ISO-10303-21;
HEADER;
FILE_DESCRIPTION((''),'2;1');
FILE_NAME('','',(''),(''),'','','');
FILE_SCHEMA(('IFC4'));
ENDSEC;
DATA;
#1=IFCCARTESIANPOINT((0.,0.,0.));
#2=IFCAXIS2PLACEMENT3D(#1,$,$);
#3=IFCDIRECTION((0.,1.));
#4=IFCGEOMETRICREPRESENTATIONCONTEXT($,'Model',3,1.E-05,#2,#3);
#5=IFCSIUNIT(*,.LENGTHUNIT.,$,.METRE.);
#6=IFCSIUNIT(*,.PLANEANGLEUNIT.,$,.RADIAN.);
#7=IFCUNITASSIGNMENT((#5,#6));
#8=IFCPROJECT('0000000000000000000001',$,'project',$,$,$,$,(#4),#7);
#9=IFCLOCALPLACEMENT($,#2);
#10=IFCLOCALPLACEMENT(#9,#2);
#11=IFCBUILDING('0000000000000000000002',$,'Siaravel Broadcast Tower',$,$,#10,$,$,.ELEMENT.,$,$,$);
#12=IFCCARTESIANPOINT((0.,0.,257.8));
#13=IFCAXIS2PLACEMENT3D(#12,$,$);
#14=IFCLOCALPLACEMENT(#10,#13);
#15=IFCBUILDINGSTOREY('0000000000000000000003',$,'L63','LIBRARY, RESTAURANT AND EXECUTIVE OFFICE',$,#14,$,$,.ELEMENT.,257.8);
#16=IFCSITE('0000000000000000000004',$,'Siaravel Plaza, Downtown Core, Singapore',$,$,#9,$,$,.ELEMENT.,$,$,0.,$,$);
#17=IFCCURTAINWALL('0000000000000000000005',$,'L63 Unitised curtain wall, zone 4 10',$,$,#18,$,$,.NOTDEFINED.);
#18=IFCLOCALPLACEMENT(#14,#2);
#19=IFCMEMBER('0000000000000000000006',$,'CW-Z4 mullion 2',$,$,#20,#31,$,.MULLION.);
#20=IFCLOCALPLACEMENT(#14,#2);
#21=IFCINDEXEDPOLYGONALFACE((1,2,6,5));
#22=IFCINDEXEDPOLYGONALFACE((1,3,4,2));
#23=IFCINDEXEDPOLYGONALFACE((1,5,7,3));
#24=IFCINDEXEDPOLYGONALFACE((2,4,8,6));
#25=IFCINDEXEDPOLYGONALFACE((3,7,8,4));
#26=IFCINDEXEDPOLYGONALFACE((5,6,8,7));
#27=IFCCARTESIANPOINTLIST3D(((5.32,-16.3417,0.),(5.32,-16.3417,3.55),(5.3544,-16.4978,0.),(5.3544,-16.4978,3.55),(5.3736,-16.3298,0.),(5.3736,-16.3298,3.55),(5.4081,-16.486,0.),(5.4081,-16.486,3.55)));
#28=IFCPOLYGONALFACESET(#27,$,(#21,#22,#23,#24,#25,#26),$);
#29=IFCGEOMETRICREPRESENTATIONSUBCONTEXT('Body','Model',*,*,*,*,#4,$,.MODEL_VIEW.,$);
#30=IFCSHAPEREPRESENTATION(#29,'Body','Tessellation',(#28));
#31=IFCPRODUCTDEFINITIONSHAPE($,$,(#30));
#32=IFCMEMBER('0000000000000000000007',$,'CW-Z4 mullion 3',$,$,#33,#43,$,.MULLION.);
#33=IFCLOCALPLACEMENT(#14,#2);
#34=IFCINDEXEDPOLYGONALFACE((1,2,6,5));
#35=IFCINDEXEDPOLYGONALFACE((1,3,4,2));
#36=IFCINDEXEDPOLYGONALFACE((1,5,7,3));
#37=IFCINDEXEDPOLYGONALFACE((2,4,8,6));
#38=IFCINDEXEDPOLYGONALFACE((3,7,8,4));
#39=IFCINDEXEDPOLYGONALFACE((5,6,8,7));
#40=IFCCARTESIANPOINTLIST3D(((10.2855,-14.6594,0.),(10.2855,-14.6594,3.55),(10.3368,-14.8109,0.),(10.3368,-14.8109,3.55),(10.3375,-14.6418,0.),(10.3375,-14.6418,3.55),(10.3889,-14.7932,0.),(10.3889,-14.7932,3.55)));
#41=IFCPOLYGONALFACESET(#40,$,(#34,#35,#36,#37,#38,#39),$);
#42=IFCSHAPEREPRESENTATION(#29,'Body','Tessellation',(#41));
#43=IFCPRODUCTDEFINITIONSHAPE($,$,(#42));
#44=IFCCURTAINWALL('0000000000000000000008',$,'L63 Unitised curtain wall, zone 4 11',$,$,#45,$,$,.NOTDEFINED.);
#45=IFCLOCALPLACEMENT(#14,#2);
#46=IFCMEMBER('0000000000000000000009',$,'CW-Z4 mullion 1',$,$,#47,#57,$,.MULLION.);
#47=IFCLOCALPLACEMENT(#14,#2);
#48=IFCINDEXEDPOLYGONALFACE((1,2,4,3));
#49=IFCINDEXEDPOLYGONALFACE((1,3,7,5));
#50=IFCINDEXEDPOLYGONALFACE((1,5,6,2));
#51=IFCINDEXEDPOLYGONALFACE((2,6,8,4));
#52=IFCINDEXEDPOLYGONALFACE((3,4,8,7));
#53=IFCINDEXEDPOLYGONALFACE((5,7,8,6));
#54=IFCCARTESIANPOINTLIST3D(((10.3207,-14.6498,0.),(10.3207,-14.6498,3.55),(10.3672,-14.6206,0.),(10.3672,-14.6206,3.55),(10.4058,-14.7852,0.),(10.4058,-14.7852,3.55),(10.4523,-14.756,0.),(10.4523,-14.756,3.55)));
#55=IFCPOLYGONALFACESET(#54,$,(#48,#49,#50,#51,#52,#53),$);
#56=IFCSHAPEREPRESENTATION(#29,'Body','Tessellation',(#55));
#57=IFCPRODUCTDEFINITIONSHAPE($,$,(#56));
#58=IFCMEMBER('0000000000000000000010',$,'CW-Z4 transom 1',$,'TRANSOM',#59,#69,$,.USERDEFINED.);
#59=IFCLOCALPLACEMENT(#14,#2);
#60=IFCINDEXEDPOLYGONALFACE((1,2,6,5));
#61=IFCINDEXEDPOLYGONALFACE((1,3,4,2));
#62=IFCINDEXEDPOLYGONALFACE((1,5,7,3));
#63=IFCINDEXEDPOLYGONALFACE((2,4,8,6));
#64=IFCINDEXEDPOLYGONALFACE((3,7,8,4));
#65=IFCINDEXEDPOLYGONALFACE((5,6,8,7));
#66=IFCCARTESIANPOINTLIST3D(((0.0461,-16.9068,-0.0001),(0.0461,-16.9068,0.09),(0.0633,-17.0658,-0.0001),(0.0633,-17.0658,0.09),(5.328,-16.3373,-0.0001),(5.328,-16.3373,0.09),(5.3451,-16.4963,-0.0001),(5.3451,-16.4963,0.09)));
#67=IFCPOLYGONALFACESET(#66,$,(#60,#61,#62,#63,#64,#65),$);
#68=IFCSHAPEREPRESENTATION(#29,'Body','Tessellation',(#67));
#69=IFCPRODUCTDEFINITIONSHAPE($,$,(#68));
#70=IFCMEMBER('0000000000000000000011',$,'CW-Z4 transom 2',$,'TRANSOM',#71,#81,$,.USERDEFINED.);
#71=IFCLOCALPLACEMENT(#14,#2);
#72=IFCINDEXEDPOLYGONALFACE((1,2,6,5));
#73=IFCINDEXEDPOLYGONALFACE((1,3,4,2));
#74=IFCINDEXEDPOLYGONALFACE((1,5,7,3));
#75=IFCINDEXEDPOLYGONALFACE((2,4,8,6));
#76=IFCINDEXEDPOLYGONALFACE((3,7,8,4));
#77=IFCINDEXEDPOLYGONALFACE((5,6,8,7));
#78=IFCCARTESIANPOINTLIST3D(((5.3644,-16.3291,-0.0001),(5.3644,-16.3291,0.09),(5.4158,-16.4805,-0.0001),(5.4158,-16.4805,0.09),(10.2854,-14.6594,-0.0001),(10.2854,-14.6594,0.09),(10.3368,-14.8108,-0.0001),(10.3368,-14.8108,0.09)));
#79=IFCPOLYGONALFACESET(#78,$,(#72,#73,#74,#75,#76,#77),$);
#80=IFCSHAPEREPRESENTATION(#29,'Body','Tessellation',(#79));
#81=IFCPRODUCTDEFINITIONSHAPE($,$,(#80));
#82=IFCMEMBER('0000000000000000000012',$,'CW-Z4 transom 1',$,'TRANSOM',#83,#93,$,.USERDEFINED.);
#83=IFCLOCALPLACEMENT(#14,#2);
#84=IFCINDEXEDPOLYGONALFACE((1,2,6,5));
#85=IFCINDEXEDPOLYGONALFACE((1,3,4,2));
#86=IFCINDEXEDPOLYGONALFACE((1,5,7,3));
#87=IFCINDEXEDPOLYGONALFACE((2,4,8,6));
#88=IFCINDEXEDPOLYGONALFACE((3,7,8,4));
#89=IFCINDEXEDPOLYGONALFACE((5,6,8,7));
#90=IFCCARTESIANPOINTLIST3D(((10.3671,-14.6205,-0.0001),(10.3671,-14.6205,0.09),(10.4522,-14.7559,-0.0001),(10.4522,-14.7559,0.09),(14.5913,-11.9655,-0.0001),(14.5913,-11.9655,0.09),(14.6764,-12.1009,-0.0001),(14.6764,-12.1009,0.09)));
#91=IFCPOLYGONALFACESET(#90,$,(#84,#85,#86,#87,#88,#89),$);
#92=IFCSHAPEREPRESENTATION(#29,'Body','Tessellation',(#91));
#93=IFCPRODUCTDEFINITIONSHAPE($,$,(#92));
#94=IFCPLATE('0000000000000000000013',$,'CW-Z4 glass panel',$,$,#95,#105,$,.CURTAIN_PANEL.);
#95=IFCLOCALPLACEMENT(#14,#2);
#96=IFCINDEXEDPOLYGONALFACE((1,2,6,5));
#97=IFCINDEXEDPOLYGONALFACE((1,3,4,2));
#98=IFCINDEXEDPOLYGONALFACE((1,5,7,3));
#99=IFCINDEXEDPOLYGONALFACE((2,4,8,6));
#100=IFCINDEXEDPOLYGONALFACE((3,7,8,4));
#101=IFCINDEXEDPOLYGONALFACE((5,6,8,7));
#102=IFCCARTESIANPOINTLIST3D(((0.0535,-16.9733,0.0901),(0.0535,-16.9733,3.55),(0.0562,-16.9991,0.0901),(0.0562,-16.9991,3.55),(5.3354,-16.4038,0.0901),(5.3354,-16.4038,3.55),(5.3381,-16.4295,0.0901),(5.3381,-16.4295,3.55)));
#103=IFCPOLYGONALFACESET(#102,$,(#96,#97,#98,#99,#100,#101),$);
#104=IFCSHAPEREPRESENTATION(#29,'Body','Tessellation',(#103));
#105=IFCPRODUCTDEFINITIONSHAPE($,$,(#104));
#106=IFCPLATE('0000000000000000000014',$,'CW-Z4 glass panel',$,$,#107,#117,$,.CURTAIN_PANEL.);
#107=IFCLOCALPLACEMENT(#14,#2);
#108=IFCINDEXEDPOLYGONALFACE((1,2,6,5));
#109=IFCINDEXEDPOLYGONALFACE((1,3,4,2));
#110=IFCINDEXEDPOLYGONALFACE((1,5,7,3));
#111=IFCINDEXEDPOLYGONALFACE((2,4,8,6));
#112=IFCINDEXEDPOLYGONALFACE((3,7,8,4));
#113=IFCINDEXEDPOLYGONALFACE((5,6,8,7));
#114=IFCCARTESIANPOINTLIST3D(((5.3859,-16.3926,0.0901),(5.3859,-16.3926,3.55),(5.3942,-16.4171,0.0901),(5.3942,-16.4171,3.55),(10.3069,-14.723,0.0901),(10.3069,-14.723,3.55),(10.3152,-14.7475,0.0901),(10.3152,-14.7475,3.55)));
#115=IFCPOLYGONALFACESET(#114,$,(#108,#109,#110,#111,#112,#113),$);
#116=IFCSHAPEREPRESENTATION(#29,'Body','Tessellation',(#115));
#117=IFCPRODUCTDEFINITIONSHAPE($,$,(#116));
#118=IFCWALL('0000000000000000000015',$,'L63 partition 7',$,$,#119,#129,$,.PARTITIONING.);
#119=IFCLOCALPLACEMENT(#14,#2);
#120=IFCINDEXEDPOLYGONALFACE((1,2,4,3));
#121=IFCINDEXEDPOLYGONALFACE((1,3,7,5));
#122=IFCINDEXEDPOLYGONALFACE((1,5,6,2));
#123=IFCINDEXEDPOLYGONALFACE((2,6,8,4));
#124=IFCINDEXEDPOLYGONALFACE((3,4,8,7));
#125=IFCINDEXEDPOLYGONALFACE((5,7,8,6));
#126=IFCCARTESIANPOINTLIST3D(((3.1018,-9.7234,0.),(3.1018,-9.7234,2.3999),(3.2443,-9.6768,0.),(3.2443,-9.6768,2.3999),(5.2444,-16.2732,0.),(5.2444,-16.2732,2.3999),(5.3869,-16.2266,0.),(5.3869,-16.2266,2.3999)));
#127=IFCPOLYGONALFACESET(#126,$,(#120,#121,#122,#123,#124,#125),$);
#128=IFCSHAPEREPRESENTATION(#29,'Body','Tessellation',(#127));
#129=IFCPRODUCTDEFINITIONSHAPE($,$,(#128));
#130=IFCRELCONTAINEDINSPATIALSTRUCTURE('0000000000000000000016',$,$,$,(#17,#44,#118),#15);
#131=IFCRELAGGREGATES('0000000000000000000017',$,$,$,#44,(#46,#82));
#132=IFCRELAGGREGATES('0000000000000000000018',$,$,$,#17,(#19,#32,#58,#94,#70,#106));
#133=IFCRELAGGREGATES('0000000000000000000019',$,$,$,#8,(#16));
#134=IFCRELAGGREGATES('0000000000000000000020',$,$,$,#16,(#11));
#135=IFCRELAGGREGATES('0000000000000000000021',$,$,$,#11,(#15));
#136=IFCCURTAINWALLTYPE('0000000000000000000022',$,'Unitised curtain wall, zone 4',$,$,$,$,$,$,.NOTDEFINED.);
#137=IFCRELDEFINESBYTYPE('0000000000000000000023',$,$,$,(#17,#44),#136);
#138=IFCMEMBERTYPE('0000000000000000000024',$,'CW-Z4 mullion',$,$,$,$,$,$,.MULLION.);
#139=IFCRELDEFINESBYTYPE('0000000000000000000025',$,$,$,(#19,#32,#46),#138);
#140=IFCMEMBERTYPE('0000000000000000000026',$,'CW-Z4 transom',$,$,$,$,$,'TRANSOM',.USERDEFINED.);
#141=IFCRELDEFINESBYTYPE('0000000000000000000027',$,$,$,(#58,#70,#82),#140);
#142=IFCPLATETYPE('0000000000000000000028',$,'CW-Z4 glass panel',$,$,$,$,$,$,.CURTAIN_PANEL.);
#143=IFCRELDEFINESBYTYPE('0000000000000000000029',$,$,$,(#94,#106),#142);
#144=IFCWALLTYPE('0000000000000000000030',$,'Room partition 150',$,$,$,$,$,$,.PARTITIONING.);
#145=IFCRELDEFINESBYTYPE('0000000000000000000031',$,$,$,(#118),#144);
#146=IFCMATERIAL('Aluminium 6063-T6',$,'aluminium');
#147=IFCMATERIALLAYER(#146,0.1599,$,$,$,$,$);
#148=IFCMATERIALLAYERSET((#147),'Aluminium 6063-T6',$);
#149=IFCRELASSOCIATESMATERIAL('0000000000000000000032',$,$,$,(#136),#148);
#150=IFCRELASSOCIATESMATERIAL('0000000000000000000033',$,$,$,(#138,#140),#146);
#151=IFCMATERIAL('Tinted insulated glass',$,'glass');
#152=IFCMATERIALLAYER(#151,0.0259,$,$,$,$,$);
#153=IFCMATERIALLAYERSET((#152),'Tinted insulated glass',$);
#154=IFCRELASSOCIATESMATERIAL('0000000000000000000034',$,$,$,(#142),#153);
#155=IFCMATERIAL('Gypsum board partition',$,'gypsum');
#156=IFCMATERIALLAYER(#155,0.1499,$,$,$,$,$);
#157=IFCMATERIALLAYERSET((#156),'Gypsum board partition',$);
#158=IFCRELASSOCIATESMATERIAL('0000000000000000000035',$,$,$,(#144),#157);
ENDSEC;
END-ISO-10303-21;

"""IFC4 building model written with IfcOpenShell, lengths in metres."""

from ifc_helpers import new_model, si_unit, direction, frame, frame_2d, origin, origin_2d, place, context, subcontext, project, spatial, rectangle, extrude, material, layer, layer_set, material_profile, profile_set, type_object, element, aggregate, save


model = new_model("IFC4")

# Units and contexts
model_context = context("Model", 3, precision=1e-05, world=origin(), true_north=direction((0.0, 1.0)))
body_context = subcontext(model_context, "Body", "Model", "MODEL_VIEW")
ifc_project = project(units=[si_unit("LENGTHUNIT", "METRE"), si_unit("PLANEANGLEUNIT", "RADIAN")], contexts=[model_context])

# Site, building, storey
site_placement = place(None, origin())
site = spatial("IfcSite", under=ifc_project, at=site_placement, Name="Siaravel Plaza, Downtown Core, Singapore", CompositionType="ELEMENT", RefElevation=0.0)
building_placement = place(site_placement, origin())
building = spatial("IfcBuilding", under=site, at=building_placement, Name="Siaravel Broadcast Tower", CompositionType="ELEMENT")
storey_placement = place(building_placement, frame((0.0, 0.0, 257.8)))
storey = spatial("IfcBuildingStorey", under=building, at=storey_placement, Name="L63", Description="LIBRARY, RESTAURANT AND EXECUTIVE OFFICE", CompositionType="ELEMENT", Elevation=257.8)

# Curtain wall, members
ifc_material_1 = material(Name="Aluminium 6063-T6", Category="aluminium")
ifc_layer_1 = layer(ifc_material_1, 0.1599)
ifc_layer_set_1 = layer_set([ifc_layer_1], Name="Aluminium 6063-T6")
curtain_wall_type = type_object("IfcCurtainWallType", Name="Unitised curtain wall, zone 4", PredefinedType="NOTDEFINED", material=ifc_layer_set_1)
curtain_wall_1_placement = place(storey_placement, origin())
curtain_wall_1 = element("IfcCurtainWall", 1, at=curtain_wall_1_placement, inside=storey, type_object=curtain_wall_type, Name="L63 Unitised curtain wall, zone 4 10", PredefinedType="NOTDEFINED")
ifc_material_profile_1 = material_profile(ifc_material_1, rectangle(XDim=0.1599, YDim=0.0549, at=origin_2d()))
ifc_profile_set_1 = profile_set([ifc_material_profile_1], Name="Aluminium 6063-T6")
member_type_1 = type_object("IfcMemberType", Name="CW-Z4 mullion", PredefinedType="MULLION", material=ifc_profile_set_1)
member_1_placement = place(storey_placement, frame((5.364, -16.4138, 0.0), z_axis=(0.0, 0.0, 1.0), x_axis=(-0.215559, 0.976491, 0.0)))
member_1 = element("IfcMember", 2, at=member_1_placement, type_object=member_type_1, Name="CW-Z4 mullion 2", PredefinedType="MULLION", context=body_context, shape_type="SweptSolid", body=[
    extrude(rectangle(XDim=0.1599, YDim=0.0549, at=origin_2d()), origin(), (0.0, 0.0, 1.0), 3.55),
])
member_2_placement = place(storey_placement, frame((10.3372, -14.7263, 0.0), z_axis=(0.0, 0.0, 1.0), x_axis=(-0.321302, 0.946977, 0.0)))
member_2 = element("IfcMember", 3, at=member_2_placement, type_object=member_type_1, Name="CW-Z4 mullion 3", PredefinedType="MULLION", context=body_context, shape_type="SweptSolid", body=[
    extrude(rectangle(XDim=0.1599, YDim=0.0549, at=origin_2d()), origin(), (0.0, 0.0, 1.0), 3.55),
])

# Curtain wall, member
curtain_wall_2_placement = place(storey_placement, origin())
curtain_wall_2 = element("IfcCurtainWall", 4, at=curtain_wall_2_placement, inside=storey, type_object=curtain_wall_type, Name="L63 Unitised curtain wall, zone 4 11", PredefinedType="NOTDEFINED")
member_3_placement = place(storey_placement, frame((10.3865, -14.7029, 0.0), z_axis=(0.0, 0.0, 1.0), x_axis=(-0.532151, 0.84665, 0.0)))
member_3 = element("IfcMember", 5, at=member_3_placement, type_object=member_type_1, Name="CW-Z4 mullion 1", PredefinedType="MULLION", context=body_context, shape_type="SweptSolid", body=[
    extrude(rectangle(XDim=0.1599, YDim=0.0549, at=origin_2d()), origin(), (0.0, 0.0, 1.0), 3.55),
])

# Members
ifc_material_profile_2 = material_profile(ifc_material_1, rectangle(XDim=0.1599, YDim=0.0901, at=origin_2d()))
ifc_profile_set_2 = profile_set([ifc_material_profile_2], Name="Aluminium 6063-T6")
member_type_2 = type_object("IfcMemberType", Name="CW-Z4 transom", ElementType="TRANSOM", PredefinedType="USERDEFINED", material=ifc_profile_set_2)
member_4_placement = place(storey_placement, frame((0.0547, -16.9863, 0.0449), z_axis=(0.994236, 0.107213, 0.0), x_axis=(-0.107213, 0.994236, 0.0)))
member_4 = element("IfcMember", 6, at=member_4_placement, type_object=member_type_2, Name="CW-Z4 transom 1", ObjectType="TRANSOM", PredefinedType="USERDEFINED", context=body_context, shape_type="SweptSolid", body=[
    extrude(rectangle(XDim=0.1599, YDim=0.0901, at=origin_2d()), origin(), (0.0, 0.0, 1.0), 5.3125),
])
member_5_placement = place(storey_placement, frame((5.3901, -16.4048, 0.0449), z_axis=(0.946974, 0.321311, 0.0), x_axis=(-0.321311, 0.946974, 0.0)))
member_5 = element("IfcMember", 7, at=member_5_placement, type_object=member_type_2, Name="CW-Z4 transom 2", ObjectType="TRANSOM", PredefinedType="USERDEFINED", context=body_context, shape_type="SweptSolid", body=[
    extrude(rectangle(XDim=0.1599, YDim=0.0901, at=origin_2d()), origin(), (0.0, 0.0, 1.0), 5.1965),
])
member_6_placement = place(storey_placement, frame((10.4097, -14.6882, 0.0449), z_axis=(0.846649, 0.532153, 0.0), x_axis=(-0.532153, 0.846649, 0.0)))
member_6 = element("IfcMember", 8, at=member_6_placement, type_object=member_type_2, Name="CW-Z4 transom 1", ObjectType="TRANSOM", PredefinedType="USERDEFINED", context=body_context, shape_type="SweptSolid", body=[
    extrude(rectangle(XDim=0.1599, YDim=0.0901, at=origin_2d()), origin(), (0.0, 0.0, 1.0), 4.9893),
])
aggregate(curtain_wall_2, [member_3, member_6])

# Plates
ifc_material_2 = material(Name="Tinted insulated glass", Category="glass")
ifc_layer_2 = layer(ifc_material_2, 0.0259)
ifc_layer_set_2 = layer_set([ifc_layer_2], Name="Tinted insulated glass")
plate_type = type_object("IfcPlateType", Name="CW-Z4 glass panel", PredefinedType="CURTAIN_PANEL", material=ifc_layer_set_2)
plate_1_placement = place(storey_placement, frame((2.6958, -16.7014, 0.0901), z_axis=(0.0, 0.0, 1.0), x_axis=(0.994236, 0.107218, 0.0)))
plate_1 = element("IfcPlate", 9, at=plate_1_placement, type_object=plate_type, Name="CW-Z4 glass panel", PredefinedType="CURTAIN_PANEL", context=body_context, shape_type="SweptSolid", body=[
    extrude(rectangle(XDim=5.3125, YDim=0.0259, at=origin_2d()), origin(), (0.0, 0.0, 1.0), 3.46),
])
plate_2_placement = place(storey_placement, frame((7.8506, -15.5701, 0.0901), z_axis=(0.0, 0.0, 1.0), x_axis=(0.946977, 0.321302, 0.0)))
plate_2 = element("IfcPlate", 10, at=plate_2_placement, type_object=plate_type, Name="CW-Z4 glass panel", PredefinedType="CURTAIN_PANEL", context=body_context, shape_type="SweptSolid", body=[
    extrude(rectangle(XDim=5.1965, YDim=0.0259, at=origin_2d()), origin(), (0.0, 0.0, 1.0), 3.46),
])
aggregate(curtain_wall_1, [member_1, member_2, member_4, plate_1, member_5, plate_2])

# Wall
ifc_material_3 = material(Name="Gypsum board partition", Category="gypsum")
ifc_layer_3 = layer(ifc_material_3, 0.1499)
ifc_layer_set_3 = layer_set([ifc_layer_3], Name="Gypsum board partition")
wall_type = type_object("IfcWallType", Name="Room partition 150", PredefinedType="PARTITIONING", material=ifc_layer_set_3)
wall_placement = place(storey_placement, frame((5.3157, -16.25, 0.0), z_axis=(0.0, 0.0, 1.0), x_axis=(-0.310909, 0.95044, 0.0)))
element("IfcWall", 11, at=wall_placement, inside=storey, type_object=wall_type, Name="L63 partition 7", PredefinedType="PARTITIONING", context=body_context, shape_type="SweptSolid", body=[
    extrude(rectangle(XDim=6.8914, YDim=0.1499, at=frame_2d((3.4458, 0.0))), origin(), (0.0, 0.0, 1.0), 2.3999),
])

save(model, "model.ifc")
